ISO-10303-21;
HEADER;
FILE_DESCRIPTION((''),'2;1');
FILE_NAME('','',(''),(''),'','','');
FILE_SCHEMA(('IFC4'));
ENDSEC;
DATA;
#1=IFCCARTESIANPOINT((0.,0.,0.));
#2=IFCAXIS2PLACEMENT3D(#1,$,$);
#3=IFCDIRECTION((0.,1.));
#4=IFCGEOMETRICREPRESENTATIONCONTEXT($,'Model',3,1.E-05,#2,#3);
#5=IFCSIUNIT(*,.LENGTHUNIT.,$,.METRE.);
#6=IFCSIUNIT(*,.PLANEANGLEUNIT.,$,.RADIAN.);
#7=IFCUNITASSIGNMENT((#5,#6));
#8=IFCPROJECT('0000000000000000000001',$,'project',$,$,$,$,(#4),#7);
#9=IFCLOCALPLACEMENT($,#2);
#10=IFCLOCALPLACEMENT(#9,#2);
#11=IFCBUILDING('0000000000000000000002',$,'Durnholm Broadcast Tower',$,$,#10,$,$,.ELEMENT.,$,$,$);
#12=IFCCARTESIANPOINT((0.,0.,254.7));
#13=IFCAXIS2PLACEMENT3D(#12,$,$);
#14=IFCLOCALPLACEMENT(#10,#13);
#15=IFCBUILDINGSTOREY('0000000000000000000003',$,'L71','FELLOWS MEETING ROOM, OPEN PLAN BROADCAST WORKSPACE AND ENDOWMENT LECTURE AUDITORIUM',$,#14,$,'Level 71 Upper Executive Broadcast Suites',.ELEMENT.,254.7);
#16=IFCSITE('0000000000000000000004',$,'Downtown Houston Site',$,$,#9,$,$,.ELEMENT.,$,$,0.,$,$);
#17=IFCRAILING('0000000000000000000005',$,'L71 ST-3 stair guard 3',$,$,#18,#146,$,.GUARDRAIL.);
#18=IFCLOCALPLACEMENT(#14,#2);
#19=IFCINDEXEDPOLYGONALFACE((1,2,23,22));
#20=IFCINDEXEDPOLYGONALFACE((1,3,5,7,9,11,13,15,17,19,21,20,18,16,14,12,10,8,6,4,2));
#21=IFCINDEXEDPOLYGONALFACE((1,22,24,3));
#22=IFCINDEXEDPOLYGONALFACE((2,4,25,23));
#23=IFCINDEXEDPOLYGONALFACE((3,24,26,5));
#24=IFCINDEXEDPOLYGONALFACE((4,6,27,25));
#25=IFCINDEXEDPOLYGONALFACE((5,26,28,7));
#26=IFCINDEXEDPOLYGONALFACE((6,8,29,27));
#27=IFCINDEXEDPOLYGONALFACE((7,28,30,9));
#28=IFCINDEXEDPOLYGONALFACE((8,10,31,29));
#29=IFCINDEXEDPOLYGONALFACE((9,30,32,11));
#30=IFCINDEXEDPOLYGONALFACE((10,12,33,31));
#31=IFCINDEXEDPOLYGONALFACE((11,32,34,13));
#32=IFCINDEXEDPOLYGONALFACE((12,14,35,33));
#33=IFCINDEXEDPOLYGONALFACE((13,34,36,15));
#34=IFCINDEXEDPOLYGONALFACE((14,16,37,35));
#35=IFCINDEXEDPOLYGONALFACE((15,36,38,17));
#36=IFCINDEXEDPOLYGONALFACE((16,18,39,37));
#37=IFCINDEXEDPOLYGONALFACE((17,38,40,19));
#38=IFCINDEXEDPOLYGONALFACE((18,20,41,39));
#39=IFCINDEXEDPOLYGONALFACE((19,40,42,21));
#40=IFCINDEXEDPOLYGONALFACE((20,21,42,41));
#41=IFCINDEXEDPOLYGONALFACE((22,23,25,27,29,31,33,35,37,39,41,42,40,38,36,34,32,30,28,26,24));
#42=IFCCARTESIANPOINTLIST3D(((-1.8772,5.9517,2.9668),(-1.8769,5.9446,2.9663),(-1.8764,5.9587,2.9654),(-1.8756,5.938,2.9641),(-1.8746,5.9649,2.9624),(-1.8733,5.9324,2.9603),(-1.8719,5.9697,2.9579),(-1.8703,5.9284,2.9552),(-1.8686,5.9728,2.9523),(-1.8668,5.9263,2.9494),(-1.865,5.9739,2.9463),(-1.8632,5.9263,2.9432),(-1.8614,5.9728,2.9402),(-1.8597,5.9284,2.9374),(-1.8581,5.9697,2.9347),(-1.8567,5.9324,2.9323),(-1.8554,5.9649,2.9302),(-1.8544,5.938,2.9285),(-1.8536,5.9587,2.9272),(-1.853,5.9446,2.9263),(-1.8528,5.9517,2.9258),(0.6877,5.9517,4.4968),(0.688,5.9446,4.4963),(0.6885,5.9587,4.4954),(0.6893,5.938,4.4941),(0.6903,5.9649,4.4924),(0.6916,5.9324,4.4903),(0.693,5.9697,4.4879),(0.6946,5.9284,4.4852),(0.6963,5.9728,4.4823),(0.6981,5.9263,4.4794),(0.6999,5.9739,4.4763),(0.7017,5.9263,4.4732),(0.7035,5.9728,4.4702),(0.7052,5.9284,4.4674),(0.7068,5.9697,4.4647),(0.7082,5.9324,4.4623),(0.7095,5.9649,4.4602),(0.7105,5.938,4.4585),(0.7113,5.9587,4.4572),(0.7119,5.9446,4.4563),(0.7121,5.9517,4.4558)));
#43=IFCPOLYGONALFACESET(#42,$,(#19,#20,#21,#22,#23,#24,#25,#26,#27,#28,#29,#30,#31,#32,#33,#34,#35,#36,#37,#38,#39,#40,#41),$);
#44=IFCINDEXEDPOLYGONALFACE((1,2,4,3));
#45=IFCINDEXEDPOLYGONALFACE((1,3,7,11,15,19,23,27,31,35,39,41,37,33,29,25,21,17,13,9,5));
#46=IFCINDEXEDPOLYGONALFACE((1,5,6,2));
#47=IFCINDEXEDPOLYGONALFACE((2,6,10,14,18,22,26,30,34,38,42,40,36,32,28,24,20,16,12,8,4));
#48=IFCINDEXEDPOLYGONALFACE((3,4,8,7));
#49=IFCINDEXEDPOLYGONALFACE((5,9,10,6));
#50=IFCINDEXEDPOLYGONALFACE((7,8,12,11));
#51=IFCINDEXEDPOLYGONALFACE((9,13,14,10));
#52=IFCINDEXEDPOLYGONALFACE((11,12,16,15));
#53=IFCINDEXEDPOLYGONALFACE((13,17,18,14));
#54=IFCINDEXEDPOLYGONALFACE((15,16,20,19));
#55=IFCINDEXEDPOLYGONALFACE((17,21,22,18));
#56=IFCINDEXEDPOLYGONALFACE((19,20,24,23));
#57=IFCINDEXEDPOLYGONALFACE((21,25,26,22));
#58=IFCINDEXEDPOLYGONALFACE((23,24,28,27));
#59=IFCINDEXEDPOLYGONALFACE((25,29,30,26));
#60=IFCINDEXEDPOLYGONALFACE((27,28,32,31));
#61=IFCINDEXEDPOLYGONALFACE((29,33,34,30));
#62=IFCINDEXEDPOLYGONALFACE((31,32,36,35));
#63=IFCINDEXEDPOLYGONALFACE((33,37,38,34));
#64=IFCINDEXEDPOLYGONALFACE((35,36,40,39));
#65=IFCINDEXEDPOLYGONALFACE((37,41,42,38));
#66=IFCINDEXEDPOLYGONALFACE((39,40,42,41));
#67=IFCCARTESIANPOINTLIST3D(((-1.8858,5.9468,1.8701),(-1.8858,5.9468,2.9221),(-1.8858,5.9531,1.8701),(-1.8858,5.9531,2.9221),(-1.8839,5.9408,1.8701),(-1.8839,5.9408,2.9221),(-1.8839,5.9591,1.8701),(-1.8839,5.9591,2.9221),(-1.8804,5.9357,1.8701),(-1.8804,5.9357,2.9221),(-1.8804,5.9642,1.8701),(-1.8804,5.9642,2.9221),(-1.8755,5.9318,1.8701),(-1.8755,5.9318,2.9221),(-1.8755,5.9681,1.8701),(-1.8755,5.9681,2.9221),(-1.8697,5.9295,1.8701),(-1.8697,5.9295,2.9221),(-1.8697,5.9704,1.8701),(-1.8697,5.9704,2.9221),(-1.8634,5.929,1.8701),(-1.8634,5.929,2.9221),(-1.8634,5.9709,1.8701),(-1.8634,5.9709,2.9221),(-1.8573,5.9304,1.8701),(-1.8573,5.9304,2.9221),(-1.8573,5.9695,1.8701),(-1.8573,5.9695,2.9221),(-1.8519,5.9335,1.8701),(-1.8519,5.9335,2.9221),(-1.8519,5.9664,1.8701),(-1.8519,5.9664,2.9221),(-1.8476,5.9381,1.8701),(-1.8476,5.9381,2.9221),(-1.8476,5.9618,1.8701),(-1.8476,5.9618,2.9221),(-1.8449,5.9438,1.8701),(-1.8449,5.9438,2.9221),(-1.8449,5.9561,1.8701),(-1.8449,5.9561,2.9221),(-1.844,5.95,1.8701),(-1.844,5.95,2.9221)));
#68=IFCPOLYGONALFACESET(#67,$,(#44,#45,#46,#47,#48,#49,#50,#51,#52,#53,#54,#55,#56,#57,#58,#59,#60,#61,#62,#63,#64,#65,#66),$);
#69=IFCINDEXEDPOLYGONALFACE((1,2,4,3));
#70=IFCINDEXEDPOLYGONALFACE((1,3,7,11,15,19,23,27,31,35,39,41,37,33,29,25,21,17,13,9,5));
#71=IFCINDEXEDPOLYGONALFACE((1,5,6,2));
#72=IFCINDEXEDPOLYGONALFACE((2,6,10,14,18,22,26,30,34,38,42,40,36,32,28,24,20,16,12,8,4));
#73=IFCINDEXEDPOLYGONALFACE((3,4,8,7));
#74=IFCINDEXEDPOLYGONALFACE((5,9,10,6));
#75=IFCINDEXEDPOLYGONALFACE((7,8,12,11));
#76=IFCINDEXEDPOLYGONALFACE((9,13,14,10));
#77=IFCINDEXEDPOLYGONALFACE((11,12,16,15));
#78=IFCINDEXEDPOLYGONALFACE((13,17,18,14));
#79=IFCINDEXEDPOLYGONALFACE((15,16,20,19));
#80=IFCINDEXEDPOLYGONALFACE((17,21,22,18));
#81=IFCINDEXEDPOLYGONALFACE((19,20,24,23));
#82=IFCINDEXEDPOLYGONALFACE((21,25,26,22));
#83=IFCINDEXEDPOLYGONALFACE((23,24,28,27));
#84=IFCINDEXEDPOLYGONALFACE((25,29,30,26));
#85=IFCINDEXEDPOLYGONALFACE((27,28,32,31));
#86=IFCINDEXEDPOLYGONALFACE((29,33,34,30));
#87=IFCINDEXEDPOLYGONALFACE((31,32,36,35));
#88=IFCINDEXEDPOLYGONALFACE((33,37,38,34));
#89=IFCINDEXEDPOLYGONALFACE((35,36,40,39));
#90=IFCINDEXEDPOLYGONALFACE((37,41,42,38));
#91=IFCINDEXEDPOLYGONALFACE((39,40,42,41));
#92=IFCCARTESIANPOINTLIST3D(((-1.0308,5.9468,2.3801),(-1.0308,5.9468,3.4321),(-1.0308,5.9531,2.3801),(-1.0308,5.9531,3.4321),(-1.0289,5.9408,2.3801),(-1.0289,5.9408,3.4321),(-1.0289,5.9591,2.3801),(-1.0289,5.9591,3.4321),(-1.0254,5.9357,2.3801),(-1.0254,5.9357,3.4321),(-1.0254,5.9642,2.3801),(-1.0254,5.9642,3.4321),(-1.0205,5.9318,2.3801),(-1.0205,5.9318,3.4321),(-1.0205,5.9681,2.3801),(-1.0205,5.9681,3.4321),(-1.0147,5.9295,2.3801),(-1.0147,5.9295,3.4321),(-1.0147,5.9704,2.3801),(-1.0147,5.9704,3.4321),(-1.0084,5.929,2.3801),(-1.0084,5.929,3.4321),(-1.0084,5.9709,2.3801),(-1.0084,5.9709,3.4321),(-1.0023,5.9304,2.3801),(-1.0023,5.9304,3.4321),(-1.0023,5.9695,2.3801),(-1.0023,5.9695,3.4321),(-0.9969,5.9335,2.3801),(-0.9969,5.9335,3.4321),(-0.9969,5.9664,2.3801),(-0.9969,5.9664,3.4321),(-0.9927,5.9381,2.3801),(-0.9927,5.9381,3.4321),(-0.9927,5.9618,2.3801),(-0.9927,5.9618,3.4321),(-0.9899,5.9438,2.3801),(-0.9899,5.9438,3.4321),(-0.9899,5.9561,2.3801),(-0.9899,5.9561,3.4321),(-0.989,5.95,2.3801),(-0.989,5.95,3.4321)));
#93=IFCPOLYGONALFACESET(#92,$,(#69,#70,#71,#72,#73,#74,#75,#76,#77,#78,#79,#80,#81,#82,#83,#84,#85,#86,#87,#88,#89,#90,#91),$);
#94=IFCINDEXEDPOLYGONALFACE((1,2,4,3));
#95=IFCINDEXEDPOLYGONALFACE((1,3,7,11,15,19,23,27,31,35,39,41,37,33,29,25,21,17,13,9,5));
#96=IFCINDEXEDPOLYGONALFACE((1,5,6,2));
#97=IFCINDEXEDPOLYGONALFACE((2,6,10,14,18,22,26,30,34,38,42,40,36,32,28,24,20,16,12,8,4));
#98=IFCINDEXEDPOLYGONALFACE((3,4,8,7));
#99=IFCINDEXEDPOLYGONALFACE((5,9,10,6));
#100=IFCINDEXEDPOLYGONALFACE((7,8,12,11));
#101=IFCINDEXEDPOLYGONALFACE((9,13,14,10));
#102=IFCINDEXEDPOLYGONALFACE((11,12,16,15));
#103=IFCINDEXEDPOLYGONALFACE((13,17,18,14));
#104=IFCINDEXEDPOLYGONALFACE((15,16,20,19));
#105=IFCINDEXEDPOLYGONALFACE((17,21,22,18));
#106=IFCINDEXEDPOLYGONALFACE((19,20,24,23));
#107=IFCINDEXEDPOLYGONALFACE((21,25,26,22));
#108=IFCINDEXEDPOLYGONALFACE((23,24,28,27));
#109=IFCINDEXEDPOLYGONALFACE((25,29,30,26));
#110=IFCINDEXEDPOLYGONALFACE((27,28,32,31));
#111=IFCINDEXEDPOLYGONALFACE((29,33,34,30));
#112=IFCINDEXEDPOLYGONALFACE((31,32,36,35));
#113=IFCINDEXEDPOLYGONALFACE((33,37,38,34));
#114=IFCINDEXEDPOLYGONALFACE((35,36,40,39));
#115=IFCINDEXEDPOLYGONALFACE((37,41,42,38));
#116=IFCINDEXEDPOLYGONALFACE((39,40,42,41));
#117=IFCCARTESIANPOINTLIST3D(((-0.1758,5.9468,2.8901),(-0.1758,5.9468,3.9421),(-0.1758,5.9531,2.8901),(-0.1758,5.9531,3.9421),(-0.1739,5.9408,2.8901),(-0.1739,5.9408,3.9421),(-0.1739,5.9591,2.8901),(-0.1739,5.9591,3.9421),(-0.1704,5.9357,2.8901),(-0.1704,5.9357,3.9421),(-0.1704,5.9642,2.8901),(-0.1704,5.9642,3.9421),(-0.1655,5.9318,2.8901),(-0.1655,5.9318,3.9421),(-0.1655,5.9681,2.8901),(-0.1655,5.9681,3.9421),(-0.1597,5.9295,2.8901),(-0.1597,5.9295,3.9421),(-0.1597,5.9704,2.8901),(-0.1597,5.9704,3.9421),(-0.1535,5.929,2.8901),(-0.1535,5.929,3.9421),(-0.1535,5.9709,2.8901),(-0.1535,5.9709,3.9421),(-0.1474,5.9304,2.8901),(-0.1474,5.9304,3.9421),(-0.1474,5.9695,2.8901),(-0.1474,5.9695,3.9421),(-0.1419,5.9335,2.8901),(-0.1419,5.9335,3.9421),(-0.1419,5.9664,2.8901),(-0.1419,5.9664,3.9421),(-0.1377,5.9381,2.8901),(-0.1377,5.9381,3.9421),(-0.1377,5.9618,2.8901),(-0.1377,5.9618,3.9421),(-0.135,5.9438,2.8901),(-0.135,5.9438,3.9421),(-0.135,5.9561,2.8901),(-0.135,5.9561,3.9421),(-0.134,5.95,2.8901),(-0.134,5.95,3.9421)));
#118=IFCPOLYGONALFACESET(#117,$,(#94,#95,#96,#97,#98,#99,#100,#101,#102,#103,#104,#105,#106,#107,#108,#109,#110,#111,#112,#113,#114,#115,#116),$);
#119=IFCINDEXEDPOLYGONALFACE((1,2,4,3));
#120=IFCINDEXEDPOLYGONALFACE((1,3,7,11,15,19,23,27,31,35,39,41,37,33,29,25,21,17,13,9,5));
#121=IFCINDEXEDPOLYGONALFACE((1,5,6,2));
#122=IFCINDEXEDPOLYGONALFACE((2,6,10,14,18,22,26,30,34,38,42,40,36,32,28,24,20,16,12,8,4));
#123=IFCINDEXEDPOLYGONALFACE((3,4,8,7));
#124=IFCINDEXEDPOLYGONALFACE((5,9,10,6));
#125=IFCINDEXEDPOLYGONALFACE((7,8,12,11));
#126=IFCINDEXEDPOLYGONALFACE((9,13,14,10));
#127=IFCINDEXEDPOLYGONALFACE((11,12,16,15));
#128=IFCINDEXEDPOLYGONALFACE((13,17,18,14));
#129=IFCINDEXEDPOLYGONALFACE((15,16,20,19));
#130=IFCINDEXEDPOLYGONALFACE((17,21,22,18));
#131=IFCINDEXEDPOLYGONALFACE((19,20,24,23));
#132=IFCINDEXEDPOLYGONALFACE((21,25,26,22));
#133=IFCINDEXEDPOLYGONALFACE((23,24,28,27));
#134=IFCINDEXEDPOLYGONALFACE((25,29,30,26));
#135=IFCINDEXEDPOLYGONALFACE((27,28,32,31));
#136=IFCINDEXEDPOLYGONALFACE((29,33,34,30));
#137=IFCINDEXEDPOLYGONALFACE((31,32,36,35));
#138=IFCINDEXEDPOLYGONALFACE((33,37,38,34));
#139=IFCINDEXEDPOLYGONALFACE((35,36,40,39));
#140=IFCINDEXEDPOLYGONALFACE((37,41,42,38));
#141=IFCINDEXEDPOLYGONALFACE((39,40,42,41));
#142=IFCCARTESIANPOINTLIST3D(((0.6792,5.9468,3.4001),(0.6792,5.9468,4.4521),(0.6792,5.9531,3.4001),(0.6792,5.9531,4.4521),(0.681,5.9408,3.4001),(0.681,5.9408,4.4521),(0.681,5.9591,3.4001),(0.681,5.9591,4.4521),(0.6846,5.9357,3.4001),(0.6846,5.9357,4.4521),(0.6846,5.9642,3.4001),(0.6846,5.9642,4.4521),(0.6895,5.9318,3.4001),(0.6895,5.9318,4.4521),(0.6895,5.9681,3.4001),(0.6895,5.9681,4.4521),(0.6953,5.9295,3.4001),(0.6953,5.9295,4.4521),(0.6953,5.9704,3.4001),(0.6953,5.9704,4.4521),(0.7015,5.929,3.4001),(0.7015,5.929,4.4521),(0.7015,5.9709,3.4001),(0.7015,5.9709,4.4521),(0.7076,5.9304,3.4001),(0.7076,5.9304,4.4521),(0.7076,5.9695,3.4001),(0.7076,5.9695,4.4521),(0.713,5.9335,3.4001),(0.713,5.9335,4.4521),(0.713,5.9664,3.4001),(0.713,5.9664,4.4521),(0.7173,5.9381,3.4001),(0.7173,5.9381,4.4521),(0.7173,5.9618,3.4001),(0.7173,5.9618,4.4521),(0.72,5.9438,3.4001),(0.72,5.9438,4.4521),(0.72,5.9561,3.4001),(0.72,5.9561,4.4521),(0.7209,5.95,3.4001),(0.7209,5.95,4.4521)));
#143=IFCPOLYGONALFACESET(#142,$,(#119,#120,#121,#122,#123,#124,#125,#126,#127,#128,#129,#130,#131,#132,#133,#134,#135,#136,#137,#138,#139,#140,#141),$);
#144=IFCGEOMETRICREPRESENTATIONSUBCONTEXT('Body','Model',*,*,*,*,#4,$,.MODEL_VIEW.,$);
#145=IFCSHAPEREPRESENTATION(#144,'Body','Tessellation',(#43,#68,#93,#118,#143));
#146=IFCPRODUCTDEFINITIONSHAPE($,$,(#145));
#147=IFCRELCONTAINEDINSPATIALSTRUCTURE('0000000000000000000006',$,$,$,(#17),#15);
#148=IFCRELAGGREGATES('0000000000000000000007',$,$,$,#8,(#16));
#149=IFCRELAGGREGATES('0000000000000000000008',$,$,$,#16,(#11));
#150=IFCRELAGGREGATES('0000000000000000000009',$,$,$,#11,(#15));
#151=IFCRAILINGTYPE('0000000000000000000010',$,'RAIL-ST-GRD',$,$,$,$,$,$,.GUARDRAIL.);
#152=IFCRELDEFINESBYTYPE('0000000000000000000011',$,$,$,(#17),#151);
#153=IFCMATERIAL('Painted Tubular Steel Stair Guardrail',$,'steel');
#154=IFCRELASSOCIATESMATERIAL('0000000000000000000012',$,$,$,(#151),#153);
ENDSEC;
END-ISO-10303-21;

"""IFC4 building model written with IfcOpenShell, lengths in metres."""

from ifc_helpers import new_model, si_unit, direction, frame, origin, origin_2d, place, context, subcontext, project, spatial, circle, extrude, material, type_object, element, save


model = new_model("IFC4")

# Units and contexts
model_context = context("Model", 3, precision=1e-05, world=origin(), true_north=direction((0.0, 1.0)))
body_context = subcontext(model_context, "Body", "Model", "MODEL_VIEW")
ifc_project = project(units=[si_unit("LENGTHUNIT", "METRE"), si_unit("PLANEANGLEUNIT", "RADIAN")], contexts=[model_context])

# Site, building, storey
site_placement = place(None, origin())
site = spatial("IfcSite", under=ifc_project, at=site_placement, Name="Downtown Houston Site", CompositionType="ELEMENT", RefElevation=0.0)
building_placement = place(site_placement, origin())
building = spatial("IfcBuilding", under=site, at=building_placement, Name="Durnholm Broadcast Tower", CompositionType="ELEMENT")
storey_placement = place(building_placement, frame((0.0, 0.0, 254.7)))
storey = spatial("IfcBuildingStorey", under=building, at=storey_placement, Name="L71", Description="FELLOWS MEETING ROOM, OPEN PLAN BROADCAST WORKSPACE AND ENDOWMENT LECTURE AUDITORIUM", LongName="Level 71 Upper Executive Broadcast Suites", CompositionType="ELEMENT", Elevation=254.7)

# Railing
ifc_material_1 = material(Name="Painted Tubular Steel Stair Guardrail", Category="steel")
railing_type_1 = type_object("IfcRailingType", Name="RAIL-ST-GRD", PredefinedType="GUARDRAIL", material=ifc_material_1)
railing_1_placement = place(storey_placement, frame((-1.865, 5.95, 1.8701)))
element("IfcRailing", 1, at=railing_1_placement, inside=storey, type_object=railing_type_1, Name="L71 ST-3 stair guard 3", PredefinedType="GUARDRAIL", context=body_context, shape_type="SweptSolid", body=[
    extrude(circle(Radius=0.0239, at=origin_2d()), frame((0.0, 0.0, 1.0762), z_axis=(0.85881, 0.0, 0.512294), x_axis=(0.0, 1.0, 0.0)), (0.0, 0.0, 1.0), 2.9866),
    extrude(circle(Radius=0.021, at=origin_2d()), origin(), (0.0, 0.0, 1.0), 1.052),
    extrude(circle(Radius=0.021, at=origin_2d()), frame((0.855, 0.0, 0.51)), (0.0, 0.0, 1.0), 1.052),
    extrude(circle(Radius=0.021, at=origin_2d()), frame((1.71, 0.0, 1.02)), (0.0, 0.0, 1.0), 1.052),
    extrude(circle(Radius=0.021, at=origin_2d()), frame((2.5649, 0.0, 1.53)), (0.0, 0.0, 1.0), 1.052),
])

save(model, "model.ifc")
